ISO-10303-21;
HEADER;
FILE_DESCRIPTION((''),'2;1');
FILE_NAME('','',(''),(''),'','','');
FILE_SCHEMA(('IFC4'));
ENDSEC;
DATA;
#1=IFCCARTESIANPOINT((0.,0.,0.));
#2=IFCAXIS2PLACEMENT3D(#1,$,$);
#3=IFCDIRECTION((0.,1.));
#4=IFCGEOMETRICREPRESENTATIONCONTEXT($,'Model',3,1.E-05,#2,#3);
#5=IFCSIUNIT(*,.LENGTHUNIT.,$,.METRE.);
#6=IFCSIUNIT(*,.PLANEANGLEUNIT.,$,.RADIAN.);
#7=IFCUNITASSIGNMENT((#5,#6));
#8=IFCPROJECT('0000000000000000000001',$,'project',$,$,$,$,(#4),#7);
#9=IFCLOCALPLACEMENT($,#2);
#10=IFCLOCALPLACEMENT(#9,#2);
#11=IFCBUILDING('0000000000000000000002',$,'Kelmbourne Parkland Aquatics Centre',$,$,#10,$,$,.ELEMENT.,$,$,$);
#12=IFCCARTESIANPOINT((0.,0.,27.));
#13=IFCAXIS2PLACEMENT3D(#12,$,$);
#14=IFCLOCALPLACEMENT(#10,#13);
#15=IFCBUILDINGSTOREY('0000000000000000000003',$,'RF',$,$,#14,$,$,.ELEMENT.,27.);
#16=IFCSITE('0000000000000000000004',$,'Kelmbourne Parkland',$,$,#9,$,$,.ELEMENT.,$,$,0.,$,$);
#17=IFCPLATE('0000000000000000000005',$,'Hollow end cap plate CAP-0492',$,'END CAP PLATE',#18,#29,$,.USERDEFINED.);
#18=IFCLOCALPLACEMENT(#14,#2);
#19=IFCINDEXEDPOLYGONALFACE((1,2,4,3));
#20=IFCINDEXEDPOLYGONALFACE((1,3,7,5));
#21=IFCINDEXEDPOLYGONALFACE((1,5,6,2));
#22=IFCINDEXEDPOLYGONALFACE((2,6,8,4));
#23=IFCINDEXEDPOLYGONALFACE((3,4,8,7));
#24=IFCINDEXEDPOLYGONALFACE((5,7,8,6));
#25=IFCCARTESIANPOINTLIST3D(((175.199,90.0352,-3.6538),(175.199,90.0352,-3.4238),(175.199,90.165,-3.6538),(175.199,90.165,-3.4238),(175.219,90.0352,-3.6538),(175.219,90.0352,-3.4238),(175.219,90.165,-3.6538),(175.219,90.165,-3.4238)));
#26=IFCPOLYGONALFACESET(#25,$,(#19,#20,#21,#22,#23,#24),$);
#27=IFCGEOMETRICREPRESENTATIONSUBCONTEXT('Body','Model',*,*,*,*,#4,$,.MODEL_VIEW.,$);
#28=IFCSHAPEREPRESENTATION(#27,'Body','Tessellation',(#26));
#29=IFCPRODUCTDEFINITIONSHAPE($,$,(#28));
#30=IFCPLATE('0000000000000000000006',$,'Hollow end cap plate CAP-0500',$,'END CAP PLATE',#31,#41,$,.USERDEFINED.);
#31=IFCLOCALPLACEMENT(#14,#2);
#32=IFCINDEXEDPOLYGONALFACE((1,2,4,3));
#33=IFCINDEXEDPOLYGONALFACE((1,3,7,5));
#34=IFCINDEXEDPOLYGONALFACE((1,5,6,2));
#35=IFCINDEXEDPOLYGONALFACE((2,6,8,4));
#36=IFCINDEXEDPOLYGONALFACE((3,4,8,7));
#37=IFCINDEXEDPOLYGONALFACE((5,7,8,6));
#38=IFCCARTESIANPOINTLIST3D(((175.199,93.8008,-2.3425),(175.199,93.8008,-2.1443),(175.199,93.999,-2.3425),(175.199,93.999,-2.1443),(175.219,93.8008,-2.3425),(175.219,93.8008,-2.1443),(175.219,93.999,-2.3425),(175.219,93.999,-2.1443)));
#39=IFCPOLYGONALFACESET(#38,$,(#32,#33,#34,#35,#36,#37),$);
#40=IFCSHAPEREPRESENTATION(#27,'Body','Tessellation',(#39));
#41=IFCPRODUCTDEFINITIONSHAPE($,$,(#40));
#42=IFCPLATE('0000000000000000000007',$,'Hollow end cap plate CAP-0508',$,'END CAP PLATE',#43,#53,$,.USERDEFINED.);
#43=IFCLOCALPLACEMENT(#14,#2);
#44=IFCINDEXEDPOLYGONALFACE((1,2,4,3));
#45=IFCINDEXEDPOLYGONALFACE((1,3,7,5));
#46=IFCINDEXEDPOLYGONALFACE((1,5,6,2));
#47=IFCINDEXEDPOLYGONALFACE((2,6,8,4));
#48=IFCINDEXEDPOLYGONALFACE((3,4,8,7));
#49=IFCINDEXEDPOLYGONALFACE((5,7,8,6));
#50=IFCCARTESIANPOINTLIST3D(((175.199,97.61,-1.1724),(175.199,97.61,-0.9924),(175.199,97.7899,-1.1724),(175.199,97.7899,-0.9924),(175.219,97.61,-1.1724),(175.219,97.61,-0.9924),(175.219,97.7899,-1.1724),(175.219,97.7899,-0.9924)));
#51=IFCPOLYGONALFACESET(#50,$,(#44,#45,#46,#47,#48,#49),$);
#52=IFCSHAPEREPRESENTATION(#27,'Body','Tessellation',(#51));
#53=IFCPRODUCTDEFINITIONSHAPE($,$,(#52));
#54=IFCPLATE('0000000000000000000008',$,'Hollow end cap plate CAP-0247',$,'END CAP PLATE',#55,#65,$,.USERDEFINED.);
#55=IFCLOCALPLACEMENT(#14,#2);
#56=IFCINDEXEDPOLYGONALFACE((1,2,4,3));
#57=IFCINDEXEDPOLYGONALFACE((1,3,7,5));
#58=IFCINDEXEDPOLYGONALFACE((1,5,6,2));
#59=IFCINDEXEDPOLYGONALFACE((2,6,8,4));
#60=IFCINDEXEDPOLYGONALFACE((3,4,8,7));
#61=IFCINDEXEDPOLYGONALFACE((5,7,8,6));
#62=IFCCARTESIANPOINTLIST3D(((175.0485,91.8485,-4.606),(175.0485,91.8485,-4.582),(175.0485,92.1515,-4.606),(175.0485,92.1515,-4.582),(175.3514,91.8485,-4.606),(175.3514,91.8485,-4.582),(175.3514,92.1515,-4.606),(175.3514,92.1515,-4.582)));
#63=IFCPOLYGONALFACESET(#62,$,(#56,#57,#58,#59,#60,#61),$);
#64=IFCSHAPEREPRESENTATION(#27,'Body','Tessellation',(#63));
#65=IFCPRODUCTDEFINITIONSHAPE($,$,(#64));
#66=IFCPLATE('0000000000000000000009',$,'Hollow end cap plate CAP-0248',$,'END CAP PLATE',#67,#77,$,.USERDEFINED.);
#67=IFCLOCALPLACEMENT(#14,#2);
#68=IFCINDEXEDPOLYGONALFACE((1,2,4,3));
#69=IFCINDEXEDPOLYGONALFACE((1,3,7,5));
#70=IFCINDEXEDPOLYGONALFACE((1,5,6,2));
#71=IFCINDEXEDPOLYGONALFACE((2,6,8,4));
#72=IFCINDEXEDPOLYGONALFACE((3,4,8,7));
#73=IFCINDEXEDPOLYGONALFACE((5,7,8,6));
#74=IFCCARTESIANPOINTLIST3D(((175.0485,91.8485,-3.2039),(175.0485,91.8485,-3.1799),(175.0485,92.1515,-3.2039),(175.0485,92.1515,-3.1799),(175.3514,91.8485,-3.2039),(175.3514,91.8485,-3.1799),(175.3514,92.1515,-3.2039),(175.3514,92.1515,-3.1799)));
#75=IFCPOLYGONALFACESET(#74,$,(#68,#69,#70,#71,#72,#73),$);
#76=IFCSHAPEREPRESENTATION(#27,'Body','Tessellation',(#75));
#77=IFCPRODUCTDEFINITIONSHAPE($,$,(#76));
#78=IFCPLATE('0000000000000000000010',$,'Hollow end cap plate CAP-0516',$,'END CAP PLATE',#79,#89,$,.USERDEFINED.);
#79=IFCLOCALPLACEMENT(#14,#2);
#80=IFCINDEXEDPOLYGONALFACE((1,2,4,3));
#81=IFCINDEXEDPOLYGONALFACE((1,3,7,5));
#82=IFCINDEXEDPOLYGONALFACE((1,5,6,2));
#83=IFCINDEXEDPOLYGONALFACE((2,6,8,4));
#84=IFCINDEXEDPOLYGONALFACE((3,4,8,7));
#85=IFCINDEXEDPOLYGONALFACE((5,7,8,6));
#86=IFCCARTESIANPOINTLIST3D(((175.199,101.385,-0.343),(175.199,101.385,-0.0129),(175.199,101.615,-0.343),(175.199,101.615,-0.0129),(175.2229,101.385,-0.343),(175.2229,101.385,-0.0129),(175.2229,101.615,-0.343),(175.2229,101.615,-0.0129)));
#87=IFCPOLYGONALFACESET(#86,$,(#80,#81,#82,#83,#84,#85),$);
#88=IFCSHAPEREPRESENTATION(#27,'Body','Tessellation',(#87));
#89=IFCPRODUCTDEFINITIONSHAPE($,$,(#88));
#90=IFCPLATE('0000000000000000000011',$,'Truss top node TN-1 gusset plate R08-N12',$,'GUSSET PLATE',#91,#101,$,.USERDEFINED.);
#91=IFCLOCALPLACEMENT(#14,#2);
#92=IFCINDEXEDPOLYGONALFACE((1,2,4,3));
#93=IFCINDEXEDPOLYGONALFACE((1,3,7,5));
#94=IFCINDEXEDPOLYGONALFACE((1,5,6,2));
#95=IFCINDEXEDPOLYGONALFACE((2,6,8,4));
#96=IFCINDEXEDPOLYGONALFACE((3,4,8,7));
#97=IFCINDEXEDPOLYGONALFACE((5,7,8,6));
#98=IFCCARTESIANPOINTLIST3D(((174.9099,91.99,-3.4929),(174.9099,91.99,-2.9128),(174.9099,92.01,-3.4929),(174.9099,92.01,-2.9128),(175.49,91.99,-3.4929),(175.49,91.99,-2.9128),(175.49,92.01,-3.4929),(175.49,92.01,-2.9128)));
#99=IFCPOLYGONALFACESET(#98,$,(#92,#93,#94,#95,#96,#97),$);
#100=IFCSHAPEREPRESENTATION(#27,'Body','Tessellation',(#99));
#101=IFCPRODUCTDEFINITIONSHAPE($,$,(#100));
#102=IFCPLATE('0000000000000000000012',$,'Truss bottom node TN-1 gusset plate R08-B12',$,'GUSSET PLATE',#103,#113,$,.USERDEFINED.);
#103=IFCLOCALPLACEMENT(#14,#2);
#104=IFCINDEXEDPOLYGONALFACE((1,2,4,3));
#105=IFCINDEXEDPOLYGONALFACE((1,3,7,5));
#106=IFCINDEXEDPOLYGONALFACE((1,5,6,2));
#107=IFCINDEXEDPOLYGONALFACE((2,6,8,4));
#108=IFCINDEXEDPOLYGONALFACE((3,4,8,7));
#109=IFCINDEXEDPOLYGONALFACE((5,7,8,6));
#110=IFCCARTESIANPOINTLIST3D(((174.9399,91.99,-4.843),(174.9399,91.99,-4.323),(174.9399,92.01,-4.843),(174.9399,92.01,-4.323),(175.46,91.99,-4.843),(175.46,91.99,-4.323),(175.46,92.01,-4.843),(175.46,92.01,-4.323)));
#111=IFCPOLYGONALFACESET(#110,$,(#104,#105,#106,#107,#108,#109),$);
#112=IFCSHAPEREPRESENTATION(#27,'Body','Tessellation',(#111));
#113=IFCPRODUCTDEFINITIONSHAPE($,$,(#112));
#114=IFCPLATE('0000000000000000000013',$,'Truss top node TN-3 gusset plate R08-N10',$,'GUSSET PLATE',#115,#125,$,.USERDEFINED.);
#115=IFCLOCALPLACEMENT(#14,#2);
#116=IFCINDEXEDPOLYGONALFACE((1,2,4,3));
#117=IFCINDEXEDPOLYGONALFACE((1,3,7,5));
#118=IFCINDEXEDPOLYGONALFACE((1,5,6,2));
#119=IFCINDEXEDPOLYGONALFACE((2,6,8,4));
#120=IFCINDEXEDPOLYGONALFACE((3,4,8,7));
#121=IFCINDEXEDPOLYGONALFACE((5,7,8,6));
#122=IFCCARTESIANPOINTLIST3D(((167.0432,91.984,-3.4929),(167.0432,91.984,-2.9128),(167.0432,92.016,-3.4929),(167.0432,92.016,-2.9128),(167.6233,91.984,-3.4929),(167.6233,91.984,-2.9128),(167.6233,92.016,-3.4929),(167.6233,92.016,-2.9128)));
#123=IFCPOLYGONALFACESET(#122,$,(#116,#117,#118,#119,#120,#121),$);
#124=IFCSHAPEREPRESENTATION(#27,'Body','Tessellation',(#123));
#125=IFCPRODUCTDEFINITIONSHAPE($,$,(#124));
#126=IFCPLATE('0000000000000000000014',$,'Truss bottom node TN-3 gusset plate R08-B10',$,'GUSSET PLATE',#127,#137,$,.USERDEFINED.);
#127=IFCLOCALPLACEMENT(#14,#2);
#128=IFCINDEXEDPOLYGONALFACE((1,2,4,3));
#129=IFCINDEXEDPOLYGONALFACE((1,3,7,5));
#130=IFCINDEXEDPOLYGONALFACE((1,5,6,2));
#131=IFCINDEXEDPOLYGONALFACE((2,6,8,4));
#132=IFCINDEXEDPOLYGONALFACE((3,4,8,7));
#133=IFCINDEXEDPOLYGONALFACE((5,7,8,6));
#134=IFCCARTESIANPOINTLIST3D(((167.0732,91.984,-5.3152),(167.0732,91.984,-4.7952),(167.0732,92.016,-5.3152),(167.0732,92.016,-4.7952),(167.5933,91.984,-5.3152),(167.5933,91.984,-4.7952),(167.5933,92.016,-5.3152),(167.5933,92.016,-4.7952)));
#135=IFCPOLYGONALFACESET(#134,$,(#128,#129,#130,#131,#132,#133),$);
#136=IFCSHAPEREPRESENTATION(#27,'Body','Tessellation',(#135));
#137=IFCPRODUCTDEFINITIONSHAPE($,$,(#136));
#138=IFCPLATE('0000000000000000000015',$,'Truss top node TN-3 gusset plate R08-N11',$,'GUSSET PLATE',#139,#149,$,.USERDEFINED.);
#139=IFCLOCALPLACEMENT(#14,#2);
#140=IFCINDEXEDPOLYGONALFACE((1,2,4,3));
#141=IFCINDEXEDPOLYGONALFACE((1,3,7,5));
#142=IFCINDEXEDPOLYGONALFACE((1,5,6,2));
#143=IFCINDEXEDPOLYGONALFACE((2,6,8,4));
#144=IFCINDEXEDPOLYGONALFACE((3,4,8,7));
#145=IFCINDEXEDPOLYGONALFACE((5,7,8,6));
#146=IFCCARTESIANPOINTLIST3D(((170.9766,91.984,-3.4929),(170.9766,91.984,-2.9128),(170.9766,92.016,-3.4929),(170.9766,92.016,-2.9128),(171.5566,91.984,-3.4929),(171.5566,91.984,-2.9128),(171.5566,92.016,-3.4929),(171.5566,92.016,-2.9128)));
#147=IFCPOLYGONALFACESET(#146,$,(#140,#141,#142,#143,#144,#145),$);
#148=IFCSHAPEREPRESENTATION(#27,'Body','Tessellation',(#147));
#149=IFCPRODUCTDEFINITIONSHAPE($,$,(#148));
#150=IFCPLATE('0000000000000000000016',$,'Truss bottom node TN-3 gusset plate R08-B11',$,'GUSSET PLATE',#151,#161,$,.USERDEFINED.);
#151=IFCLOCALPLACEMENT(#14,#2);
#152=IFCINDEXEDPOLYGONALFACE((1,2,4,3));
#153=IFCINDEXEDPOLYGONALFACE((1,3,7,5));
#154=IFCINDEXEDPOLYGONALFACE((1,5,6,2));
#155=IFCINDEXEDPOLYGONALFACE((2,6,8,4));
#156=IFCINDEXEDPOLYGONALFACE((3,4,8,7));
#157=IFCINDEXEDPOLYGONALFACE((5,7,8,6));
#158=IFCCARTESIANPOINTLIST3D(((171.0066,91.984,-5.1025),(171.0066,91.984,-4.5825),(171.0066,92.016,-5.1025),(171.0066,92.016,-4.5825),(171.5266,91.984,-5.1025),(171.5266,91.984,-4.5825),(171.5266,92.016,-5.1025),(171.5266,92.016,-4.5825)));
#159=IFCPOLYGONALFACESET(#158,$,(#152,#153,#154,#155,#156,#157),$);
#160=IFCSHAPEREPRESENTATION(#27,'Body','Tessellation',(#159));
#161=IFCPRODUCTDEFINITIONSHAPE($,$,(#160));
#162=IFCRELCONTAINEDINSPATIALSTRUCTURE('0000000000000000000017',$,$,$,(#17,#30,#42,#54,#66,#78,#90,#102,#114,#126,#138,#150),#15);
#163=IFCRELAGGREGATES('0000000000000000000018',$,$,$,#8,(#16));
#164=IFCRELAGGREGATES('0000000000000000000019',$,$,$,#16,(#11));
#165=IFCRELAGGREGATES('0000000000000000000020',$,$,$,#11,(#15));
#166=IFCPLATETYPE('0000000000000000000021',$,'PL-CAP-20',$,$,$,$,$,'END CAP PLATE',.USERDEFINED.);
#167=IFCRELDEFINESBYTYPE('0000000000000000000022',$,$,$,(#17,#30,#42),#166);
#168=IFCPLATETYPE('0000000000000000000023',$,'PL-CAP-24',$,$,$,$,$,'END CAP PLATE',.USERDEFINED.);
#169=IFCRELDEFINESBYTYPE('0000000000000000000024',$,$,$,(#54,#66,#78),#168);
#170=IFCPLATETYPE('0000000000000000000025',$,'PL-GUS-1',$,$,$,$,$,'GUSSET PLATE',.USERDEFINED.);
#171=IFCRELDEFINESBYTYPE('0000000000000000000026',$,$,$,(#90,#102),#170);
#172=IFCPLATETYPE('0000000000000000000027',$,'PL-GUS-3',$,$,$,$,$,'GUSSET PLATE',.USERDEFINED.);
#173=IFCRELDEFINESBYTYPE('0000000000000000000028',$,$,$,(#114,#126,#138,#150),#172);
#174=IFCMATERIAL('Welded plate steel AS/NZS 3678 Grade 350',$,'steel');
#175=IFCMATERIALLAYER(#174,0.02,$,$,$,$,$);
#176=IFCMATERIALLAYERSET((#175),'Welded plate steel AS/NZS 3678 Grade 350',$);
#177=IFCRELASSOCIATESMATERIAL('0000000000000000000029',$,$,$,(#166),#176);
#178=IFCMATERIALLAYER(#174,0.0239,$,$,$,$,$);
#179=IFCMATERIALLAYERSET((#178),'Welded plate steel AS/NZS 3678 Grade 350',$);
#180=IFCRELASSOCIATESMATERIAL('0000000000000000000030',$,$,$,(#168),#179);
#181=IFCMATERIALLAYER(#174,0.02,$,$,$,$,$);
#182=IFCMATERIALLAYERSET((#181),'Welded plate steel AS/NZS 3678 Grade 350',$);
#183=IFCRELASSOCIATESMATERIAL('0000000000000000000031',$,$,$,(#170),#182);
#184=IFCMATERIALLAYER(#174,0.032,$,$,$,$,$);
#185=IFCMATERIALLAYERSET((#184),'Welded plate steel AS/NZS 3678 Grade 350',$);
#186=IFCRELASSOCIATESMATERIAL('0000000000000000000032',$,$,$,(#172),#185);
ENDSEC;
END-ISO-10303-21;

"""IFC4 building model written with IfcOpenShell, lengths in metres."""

from ifc_helpers import new_model, si_unit, direction, frame, origin, origin_2d, place, context, subcontext, project, spatial, rectangle, extrude, material, layer, layer_set, type_object, element, save


model = new_model("IFC4")

# Units and contexts
model_context = context("Model", 3, precision=1e-05, world=origin(), true_north=direction((0.0, 1.0)))
body_context = subcontext(model_context, "Body", "Model", "MODEL_VIEW")
ifc_project = project(units=[si_unit("LENGTHUNIT", "METRE"), si_unit("PLANEANGLEUNIT", "RADIAN")], contexts=[model_context])

# Site, building, storey
site_placement = place(None, origin())
site = spatial("IfcSite", under=ifc_project, at=site_placement, Name="Kelmbourne Parkland", CompositionType="ELEMENT", RefElevation=0.0)
building_placement = place(site_placement, origin())
building = spatial("IfcBuilding", under=site, at=building_placement, Name="Kelmbourne Parkland Aquatics Centre", CompositionType="ELEMENT")
storey_placement = place(building_placement, frame((0.0, 0.0, 27.0)))
storey = spatial("IfcBuildingStorey", under=building, at=storey_placement, Name="RF", CompositionType="ELEMENT", Elevation=27.0)

# Shared definitions
ifc_material_1 = material(Name="Welded plate steel AS/NZS 3678 Grade 350", Category="steel")

# Plates
ifc_layer_1 = layer(ifc_material_1, 0.02)
ifc_layer_set_1 = layer_set([ifc_layer_1], Name="Welded plate steel AS/NZS 3678 Grade 350")
plate_type_1 = type_object("IfcPlateType", Name="PL-CAP-20", ElementType="END CAP PLATE", PredefinedType="USERDEFINED", material=ifc_layer_set_1)
plate_1_placement = place(storey_placement, frame((175.209, 90.1001, -3.6538), z_axis=(0.0, 0.0, 1.0), x_axis=(1.0, 0.0, 0.0)))
element("IfcPlate", 1, at=plate_1_placement, inside=storey, type_object=plate_type_1, Name="Hollow end cap plate CAP-0492", ObjectType="END CAP PLATE", PredefinedType="USERDEFINED", context=body_context, shape_type="SweptSolid", body=[
    extrude(rectangle(XDim=0.02, YDim=0.1299, at=origin_2d()), origin(), (0.0, 0.0, 1.0), 0.23),
])
plate_2_placement = place(storey_placement, frame((175.209, 93.8999, -2.3425), z_axis=(0.0, 0.0, 1.0), x_axis=(1.0, 0.0, 0.0)))
element("IfcPlate", 2, at=plate_2_placement, inside=storey, type_object=plate_type_1, Name="Hollow end cap plate CAP-0500", ObjectType="END CAP PLATE", PredefinedType="USERDEFINED", context=body_context, shape_type="SweptSolid", body=[
    extrude(rectangle(XDim=0.02, YDim=0.1982, at=origin_2d()), origin(), (0.0, 0.0, 1.0), 0.1982),
])
plate_3_placement = place(storey_placement, frame((175.209, 97.7, -1.1724), z_axis=(0.0, 0.0, 1.0), x_axis=(1.0, 0.0, 0.0)))
element("IfcPlate", 3, at=plate_3_placement, inside=storey, type_object=plate_type_1, Name="Hollow end cap plate CAP-0508", ObjectType="END CAP PLATE", PredefinedType="USERDEFINED", context=body_context, shape_type="SweptSolid", body=[
    extrude(rectangle(XDim=0.02, YDim=0.1799, at=origin_2d()), origin(), (0.0, 0.0, 1.0), 0.1799),
])
ifc_layer_2 = layer(ifc_material_1, 0.0239)
ifc_layer_set_2 = layer_set([ifc_layer_2], Name="Welded plate steel AS/NZS 3678 Grade 350")
plate_type_2 = type_object("IfcPlateType", Name="PL-CAP-24", ElementType="END CAP PLATE", PredefinedType="USERDEFINED", material=ifc_layer_set_2)
for number, where, z_axis, x_axis, name in (
    (4, (175.2, 92.0, -4.606), (0.0, 0.0, 1.0), (1.0, 0.0, 0.0), "Hollow end cap plate CAP-0247"),
    (5, (175.2, 92.0, -3.2039), (0.0, 0.0, 1.0), (1.0, 0.0, 0.0), "Hollow end cap plate CAP-0248"),
):
    element("IfcPlate", number, at=place(storey_placement, frame(where, z_axis=z_axis, x_axis=x_axis)), inside=storey, type_object=plate_type_2, Name=name, ObjectType="END CAP PLATE", PredefinedType="USERDEFINED", context=body_context, shape_type="SweptSolid", body=[
        extrude(rectangle(XDim=0.303, YDim=0.303, at=origin_2d()), origin(), (0.0, 0.0, 1.0), 0.0239),
    ])
plate_4_placement = place(storey_placement, frame((175.2109, 101.5, -0.343), z_axis=(0.0, 0.0, 1.0), x_axis=(1.0, 0.0, 0.0)))
element("IfcPlate", 6, at=plate_4_placement, inside=storey, type_object=plate_type_2, Name="Hollow end cap plate CAP-0516", ObjectType="END CAP PLATE", PredefinedType="USERDEFINED", context=body_context, shape_type="SweptSolid", body=[
    extrude(rectangle(XDim=0.0239, YDim=0.23, at=origin_2d()), origin(), (0.0, 0.0, 1.0), 0.3301),
])
ifc_layer_3 = layer(ifc_material_1, 0.02)
ifc_layer_set_3 = layer_set([ifc_layer_3], Name="Welded plate steel AS/NZS 3678 Grade 350")
plate_type_3 = type_object("IfcPlateType", Name="PL-GUS-1", ElementType="GUSSET PLATE", PredefinedType="USERDEFINED", material=ifc_layer_set_3)
plate_5_placement = place(storey_placement, frame((175.2, 92.0, -3.4929), z_axis=(0.0, 0.0, 1.0), x_axis=(1.0, 0.0, 0.0)))
element("IfcPlate", 7, at=plate_5_placement, inside=storey, type_object=plate_type_3, Name="Truss top node TN-1 gusset plate R08-N12", ObjectType="GUSSET PLATE", PredefinedType="USERDEFINED", context=body_context, shape_type="SweptSolid", body=[
    extrude(rectangle(XDim=0.5801, YDim=0.02, at=origin_2d()), origin(), (0.0, 0.0, 1.0), 0.5801),
])
plate_6_placement = place(storey_placement, frame((175.2, 92.0, -4.843), z_axis=(0.0, 0.0, 1.0), x_axis=(1.0, 0.0, 0.0)))
element("IfcPlate", 8, at=plate_6_placement, inside=storey, type_object=plate_type_3, Name="Truss bottom node TN-1 gusset plate R08-B12", ObjectType="GUSSET PLATE", PredefinedType="USERDEFINED", context=body_context, shape_type="SweptSolid", body=[
    extrude(rectangle(XDim=0.52, YDim=0.02, at=origin_2d()), origin(), (0.0, 0.0, 1.0), 0.52),
])
ifc_layer_4 = layer(ifc_material_1, 0.032)
ifc_layer_set_4 = layer_set([ifc_layer_4], Name="Welded plate steel AS/NZS 3678 Grade 350")
plate_type_4 = type_object("IfcPlateType", Name="PL-GUS-3", ElementType="GUSSET PLATE", PredefinedType="USERDEFINED", material=ifc_layer_set_4)
plate_7_placement = place(storey_placement, frame((167.3333, 92.0, -3.4929), z_axis=(0.0, 0.0, 1.0), x_axis=(1.0, 0.0, 0.0)))
element("IfcPlate", 9, at=plate_7_placement, inside=storey, type_object=plate_type_4, Name="Truss top node TN-3 gusset plate R08-N10", ObjectType="GUSSET PLATE", PredefinedType="USERDEFINED", context=body_context, shape_type="SweptSolid", body=[
    extrude(rectangle(XDim=0.5801, YDim=0.032, at=origin_2d()), origin(), (0.0, 0.0, 1.0), 0.5801),
])
plate_8_placement = place(storey_placement, frame((167.3333, 92.0, -5.3152), z_axis=(0.0, 0.0, 1.0), x_axis=(1.0, 0.0, 0.0)))
element("IfcPlate", 10, at=plate_8_placement, inside=storey, type_object=plate_type_4, Name="Truss bottom node TN-3 gusset plate R08-B10", ObjectType="GUSSET PLATE", PredefinedType="USERDEFINED", context=body_context, shape_type="SweptSolid", body=[
    extrude(rectangle(XDim=0.52, YDim=0.032, at=origin_2d()), origin(), (0.0, 0.0, 1.0), 0.52),
])
plate_9_placement = place(storey_placement, frame((171.2666, 92.0, -3.4929), z_axis=(0.0, 0.0, 1.0), x_axis=(1.0, 0.0, 0.0)))
element("IfcPlate", 11, at=plate_9_placement, inside=storey, type_object=plate_type_4, Name="Truss top node TN-3 gusset plate R08-N11", ObjectType="GUSSET PLATE", PredefinedType="USERDEFINED", context=body_context, shape_type="SweptSolid", body=[
    extrude(rectangle(XDim=0.5801, YDim=0.032, at=origin_2d()), origin(), (0.0, 0.0, 1.0), 0.5801),
])
plate_10_placement = place(storey_placement, frame((171.2666, 92.0, -5.1025), z_axis=(0.0, 0.0, 1.0), x_axis=(1.0, 0.0, 0.0)))
element("IfcPlate", 12, at=plate_10_placement, inside=storey, type_object=plate_type_4, Name="Truss bottom node TN-3 gusset plate R08-B11", ObjectType="GUSSET PLATE", PredefinedType="USERDEFINED", context=body_context, shape_type="SweptSolid", body=[
    extrude(rectangle(XDim=0.52, YDim=0.032, at=origin_2d()), origin(), (0.0, 0.0, 1.0), 0.52),
])

save(model, "model.ifc")
